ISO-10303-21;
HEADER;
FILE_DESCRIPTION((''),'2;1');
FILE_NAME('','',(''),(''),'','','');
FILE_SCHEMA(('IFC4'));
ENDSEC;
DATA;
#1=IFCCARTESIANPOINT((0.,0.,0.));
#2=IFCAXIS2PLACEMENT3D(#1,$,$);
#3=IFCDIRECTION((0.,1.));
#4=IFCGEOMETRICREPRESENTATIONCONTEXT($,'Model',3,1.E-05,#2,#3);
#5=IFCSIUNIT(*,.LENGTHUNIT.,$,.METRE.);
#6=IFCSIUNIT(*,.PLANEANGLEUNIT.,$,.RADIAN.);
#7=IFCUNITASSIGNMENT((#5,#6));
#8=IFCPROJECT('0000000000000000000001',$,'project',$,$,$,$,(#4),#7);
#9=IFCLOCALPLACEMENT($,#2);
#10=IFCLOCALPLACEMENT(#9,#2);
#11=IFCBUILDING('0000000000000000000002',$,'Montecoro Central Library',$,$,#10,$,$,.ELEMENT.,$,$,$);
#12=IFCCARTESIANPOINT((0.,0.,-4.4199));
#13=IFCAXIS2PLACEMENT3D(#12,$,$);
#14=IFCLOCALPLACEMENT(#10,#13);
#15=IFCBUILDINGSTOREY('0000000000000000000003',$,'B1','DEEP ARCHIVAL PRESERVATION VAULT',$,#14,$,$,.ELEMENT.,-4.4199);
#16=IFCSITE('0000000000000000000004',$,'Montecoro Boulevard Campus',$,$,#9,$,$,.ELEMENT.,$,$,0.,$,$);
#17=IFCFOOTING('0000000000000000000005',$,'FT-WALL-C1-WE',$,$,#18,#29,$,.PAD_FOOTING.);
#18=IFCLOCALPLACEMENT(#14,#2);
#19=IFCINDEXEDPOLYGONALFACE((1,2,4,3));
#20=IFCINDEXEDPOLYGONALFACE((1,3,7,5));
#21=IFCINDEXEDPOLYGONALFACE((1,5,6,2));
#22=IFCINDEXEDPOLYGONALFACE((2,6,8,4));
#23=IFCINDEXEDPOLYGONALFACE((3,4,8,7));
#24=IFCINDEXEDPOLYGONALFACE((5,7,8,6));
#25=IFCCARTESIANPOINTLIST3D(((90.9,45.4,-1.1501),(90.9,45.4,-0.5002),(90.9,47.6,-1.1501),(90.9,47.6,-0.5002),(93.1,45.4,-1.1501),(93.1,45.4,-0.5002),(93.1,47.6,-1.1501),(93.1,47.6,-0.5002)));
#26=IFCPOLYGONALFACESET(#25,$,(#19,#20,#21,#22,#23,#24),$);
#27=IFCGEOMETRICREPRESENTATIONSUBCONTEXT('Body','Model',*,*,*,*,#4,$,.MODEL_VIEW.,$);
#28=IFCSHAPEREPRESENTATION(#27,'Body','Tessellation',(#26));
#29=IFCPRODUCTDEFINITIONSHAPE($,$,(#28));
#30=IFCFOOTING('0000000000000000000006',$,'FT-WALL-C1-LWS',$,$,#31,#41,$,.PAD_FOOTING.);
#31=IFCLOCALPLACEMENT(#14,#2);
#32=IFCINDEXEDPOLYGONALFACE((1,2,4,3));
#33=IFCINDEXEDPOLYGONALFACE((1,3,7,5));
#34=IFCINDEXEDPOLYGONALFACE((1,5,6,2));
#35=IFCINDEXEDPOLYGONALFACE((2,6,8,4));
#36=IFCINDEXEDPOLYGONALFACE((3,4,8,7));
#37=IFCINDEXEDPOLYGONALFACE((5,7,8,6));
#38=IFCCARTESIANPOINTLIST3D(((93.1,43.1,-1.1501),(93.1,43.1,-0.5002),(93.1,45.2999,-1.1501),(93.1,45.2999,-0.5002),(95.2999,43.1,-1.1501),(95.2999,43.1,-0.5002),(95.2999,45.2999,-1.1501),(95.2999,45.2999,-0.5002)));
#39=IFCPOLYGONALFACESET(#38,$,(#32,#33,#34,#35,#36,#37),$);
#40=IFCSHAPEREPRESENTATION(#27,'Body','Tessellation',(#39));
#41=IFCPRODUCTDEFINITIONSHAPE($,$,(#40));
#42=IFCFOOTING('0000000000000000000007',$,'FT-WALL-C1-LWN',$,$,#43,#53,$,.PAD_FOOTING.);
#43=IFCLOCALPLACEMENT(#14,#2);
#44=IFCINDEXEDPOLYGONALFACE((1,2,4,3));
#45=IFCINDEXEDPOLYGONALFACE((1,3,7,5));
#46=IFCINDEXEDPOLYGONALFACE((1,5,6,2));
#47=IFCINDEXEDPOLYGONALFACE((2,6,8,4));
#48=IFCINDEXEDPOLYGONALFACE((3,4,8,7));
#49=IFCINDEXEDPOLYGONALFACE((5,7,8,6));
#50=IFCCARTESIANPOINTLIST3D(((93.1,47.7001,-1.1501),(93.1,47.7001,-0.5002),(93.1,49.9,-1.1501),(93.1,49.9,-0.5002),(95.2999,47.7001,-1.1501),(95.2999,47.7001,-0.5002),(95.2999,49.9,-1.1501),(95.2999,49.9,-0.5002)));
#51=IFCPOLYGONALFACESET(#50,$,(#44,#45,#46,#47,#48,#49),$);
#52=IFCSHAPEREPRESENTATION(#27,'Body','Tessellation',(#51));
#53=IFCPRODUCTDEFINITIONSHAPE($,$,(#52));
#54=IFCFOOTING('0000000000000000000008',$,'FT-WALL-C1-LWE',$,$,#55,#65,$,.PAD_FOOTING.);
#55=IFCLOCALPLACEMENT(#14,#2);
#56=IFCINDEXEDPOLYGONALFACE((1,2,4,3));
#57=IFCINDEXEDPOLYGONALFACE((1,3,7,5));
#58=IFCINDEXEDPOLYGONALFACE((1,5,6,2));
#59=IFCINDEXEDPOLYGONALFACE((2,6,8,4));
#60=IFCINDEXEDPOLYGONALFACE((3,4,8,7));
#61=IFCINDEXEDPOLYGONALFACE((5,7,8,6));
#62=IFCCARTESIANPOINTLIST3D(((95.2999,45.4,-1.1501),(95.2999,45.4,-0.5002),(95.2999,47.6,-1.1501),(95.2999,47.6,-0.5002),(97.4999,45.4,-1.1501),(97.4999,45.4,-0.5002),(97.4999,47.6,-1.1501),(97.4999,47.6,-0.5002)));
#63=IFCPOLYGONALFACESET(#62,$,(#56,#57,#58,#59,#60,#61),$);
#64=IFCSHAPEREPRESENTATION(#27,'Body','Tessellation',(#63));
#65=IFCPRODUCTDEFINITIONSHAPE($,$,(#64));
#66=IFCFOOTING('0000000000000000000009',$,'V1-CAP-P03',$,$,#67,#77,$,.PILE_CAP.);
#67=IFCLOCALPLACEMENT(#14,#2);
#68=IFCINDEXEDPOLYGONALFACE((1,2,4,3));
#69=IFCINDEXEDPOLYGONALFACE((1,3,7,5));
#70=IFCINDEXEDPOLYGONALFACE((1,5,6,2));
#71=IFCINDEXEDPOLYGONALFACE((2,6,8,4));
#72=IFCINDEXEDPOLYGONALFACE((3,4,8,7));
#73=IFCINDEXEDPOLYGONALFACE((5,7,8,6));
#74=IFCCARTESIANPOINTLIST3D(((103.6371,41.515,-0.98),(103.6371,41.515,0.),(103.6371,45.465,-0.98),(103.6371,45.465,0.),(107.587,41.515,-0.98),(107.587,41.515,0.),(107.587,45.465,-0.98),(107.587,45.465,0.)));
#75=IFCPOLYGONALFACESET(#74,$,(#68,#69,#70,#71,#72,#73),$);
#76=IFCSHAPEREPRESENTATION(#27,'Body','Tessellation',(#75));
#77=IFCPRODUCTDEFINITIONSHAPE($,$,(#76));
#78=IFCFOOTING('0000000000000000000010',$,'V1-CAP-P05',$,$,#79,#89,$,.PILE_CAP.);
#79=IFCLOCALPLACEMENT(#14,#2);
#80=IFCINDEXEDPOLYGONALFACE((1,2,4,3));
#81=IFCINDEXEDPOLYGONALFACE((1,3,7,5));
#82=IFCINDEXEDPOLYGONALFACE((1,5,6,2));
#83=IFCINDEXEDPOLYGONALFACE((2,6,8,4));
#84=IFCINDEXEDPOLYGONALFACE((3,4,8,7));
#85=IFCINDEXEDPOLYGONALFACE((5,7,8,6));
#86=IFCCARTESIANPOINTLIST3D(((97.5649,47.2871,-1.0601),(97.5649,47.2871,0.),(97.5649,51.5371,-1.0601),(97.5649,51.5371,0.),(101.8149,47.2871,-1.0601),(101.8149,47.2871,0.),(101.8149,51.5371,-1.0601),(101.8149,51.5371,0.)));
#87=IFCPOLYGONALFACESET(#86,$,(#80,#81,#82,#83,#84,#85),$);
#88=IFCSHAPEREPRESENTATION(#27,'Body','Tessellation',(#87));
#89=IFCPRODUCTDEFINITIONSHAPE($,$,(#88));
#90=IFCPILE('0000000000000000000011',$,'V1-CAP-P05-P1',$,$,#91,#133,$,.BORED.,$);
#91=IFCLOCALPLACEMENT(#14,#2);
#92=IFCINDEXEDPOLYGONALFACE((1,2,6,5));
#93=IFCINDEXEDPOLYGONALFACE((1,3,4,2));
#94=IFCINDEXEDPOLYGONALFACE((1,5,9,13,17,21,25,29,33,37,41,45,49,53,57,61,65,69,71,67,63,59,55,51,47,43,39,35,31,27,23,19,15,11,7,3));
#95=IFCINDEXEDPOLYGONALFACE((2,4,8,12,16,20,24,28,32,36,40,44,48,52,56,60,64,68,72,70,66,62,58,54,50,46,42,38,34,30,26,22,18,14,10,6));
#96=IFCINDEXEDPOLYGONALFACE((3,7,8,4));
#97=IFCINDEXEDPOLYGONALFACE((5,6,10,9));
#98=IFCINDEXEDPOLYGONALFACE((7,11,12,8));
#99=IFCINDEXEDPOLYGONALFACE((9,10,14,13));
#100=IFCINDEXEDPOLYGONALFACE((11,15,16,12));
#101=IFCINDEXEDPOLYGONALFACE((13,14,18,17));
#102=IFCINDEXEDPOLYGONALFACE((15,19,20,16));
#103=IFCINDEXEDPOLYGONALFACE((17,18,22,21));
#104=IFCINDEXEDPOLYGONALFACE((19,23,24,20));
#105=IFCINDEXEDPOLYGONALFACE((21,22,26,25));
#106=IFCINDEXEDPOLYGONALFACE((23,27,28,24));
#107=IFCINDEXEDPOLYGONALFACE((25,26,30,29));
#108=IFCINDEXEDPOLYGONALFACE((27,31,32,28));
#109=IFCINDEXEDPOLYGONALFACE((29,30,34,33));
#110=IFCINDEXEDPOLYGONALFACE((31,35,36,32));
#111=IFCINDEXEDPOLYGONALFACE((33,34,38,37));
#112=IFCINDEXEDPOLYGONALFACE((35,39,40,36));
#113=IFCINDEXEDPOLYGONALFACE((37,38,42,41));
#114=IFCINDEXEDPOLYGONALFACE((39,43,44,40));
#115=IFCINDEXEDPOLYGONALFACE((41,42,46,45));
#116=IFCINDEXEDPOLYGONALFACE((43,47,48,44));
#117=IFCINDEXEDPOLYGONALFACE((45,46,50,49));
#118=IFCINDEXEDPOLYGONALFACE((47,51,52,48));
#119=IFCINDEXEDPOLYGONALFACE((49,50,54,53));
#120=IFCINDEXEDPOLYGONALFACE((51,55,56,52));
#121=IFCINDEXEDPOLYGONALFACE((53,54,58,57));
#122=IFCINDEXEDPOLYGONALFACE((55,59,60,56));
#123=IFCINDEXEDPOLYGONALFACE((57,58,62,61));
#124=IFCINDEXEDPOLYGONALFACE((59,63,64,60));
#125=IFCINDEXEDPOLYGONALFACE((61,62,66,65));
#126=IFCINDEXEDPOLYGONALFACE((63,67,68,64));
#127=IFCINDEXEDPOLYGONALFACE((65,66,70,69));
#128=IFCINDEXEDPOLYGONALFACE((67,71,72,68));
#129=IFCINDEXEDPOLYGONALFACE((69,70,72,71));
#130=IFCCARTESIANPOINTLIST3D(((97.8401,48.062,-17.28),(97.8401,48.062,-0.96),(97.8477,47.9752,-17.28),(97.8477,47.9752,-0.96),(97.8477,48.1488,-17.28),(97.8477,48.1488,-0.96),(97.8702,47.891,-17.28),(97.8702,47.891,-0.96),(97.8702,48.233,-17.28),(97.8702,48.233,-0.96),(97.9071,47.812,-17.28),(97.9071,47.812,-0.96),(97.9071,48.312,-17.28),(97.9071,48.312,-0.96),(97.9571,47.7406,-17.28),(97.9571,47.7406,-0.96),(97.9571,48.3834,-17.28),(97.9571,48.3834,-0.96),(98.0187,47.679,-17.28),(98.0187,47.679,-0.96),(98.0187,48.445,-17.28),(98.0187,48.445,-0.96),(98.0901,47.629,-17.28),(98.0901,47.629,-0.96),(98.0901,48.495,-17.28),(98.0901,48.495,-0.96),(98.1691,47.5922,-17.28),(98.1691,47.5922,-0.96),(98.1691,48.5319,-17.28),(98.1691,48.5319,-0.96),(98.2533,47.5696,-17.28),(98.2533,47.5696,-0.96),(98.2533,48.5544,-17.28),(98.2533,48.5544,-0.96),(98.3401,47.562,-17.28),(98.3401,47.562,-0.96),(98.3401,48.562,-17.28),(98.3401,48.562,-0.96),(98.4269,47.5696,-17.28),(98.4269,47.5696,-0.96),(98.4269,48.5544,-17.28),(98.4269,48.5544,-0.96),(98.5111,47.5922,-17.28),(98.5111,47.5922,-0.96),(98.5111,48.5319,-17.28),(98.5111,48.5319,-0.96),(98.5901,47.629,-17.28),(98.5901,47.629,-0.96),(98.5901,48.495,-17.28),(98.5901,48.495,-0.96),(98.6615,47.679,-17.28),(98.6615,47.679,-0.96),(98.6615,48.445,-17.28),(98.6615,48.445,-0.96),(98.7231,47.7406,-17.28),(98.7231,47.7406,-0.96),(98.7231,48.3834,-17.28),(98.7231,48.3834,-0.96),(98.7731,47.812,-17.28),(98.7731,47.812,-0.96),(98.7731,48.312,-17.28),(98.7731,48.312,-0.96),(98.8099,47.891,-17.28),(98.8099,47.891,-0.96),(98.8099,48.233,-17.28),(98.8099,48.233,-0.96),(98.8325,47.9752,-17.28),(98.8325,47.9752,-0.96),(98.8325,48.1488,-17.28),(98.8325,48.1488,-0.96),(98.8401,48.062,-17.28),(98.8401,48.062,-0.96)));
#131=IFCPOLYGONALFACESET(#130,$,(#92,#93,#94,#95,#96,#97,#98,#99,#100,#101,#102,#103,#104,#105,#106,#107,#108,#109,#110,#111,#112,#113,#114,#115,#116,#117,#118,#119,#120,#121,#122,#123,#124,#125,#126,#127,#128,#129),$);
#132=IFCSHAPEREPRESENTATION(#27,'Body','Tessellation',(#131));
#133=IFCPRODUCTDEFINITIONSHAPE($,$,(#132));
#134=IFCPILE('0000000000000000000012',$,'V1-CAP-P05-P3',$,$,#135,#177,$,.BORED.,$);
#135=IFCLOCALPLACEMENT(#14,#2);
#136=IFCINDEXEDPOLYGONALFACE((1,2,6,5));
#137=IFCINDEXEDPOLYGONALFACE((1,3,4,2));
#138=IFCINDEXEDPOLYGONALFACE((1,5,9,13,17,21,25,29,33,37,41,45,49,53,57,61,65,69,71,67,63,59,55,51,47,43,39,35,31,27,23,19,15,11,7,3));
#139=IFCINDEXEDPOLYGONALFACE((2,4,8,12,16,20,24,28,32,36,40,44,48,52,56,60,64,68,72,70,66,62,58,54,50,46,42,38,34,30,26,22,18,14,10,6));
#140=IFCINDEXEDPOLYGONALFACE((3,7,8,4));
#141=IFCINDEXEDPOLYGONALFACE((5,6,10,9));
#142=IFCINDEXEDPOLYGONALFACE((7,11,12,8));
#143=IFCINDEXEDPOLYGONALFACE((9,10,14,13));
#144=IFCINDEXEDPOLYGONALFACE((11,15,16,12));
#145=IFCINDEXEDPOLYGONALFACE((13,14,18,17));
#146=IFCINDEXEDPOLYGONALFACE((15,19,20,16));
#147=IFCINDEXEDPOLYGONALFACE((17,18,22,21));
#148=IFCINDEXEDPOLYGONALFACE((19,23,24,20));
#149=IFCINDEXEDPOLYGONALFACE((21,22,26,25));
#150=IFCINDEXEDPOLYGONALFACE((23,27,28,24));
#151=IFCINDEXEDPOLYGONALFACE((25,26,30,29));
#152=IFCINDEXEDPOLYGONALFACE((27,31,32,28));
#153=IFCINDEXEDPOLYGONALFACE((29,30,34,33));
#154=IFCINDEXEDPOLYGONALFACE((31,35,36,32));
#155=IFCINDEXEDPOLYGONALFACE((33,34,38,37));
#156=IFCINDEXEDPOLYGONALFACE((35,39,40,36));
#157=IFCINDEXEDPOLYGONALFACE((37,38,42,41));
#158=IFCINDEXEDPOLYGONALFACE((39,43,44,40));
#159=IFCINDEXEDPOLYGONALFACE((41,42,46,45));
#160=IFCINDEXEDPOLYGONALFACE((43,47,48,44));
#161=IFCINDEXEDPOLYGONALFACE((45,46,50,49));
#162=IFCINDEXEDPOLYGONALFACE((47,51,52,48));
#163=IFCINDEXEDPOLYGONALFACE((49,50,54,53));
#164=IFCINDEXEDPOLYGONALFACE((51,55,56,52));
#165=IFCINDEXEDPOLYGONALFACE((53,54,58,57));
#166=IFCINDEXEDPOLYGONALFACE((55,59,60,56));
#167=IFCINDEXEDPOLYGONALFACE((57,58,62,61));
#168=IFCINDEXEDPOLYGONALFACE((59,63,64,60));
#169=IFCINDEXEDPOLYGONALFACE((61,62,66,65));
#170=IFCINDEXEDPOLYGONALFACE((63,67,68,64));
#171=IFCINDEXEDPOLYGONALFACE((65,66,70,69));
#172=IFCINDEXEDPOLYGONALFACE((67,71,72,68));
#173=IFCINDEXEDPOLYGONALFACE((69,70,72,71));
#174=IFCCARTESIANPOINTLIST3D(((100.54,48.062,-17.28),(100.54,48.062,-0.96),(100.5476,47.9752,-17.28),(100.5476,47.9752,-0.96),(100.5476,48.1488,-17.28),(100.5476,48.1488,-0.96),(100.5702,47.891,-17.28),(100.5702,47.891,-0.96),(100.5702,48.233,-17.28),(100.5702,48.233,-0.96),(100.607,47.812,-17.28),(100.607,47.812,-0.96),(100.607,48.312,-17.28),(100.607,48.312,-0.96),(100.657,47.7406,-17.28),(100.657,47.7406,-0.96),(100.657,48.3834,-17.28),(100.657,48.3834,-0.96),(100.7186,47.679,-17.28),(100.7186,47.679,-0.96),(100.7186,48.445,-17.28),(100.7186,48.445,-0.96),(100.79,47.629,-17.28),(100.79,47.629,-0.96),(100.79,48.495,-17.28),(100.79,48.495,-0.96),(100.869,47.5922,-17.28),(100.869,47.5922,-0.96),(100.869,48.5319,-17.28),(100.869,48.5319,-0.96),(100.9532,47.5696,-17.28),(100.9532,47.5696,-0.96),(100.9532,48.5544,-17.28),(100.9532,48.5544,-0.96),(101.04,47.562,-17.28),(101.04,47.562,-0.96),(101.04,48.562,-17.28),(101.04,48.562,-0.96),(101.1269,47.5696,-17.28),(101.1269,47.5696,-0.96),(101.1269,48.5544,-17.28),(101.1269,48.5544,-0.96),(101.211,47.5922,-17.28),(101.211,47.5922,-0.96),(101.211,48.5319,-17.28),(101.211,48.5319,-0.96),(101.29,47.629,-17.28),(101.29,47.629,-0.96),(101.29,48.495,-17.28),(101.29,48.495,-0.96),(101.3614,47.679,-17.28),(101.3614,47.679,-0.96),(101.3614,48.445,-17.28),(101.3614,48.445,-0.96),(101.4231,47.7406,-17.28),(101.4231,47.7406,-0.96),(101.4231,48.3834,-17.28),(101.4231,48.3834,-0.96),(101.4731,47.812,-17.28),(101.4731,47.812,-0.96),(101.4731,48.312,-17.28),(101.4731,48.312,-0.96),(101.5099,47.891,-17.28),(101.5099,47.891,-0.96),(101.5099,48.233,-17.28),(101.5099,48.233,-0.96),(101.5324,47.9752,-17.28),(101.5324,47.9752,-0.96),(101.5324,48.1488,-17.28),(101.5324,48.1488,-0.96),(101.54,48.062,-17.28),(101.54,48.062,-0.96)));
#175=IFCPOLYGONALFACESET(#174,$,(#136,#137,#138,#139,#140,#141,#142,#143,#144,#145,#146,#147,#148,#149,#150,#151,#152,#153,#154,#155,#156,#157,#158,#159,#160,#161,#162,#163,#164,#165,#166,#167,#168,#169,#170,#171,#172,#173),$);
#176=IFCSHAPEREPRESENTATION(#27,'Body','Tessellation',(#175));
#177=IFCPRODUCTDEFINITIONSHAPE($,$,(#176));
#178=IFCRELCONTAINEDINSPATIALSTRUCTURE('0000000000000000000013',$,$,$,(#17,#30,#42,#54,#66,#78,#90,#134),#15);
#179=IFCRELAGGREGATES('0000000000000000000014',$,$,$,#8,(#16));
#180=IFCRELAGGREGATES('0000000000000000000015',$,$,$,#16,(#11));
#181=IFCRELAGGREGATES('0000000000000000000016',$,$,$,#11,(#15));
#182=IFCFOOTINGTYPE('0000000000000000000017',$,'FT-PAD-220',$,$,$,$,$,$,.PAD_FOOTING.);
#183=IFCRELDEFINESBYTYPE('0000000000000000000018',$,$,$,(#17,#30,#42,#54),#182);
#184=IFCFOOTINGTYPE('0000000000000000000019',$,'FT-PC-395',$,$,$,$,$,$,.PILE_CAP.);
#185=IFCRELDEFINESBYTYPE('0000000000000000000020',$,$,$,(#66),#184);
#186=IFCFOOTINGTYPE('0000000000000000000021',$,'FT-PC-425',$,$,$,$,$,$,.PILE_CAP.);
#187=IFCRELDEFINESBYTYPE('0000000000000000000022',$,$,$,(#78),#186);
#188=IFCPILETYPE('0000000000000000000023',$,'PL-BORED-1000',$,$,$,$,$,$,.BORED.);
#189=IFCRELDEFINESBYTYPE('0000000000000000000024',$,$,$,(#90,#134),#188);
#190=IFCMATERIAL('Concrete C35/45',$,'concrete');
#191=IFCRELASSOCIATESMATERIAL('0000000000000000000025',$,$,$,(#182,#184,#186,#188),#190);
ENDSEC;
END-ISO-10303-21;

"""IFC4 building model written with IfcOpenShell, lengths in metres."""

from ifc_helpers import new_model, si_unit, direction, frame, origin, origin_2d, place, context, subcontext, project, spatial, rectangle, circle, extrude, material, material_profile, profile_set, type_object, element, save


model = new_model("IFC4")

# Units and contexts
model_context = context("Model", 3, precision=1e-05, world=origin(), true_north=direction((0.0, 1.0)))
body_context = subcontext(model_context, "Body", "Model", "MODEL_VIEW")
ifc_project = project(units=[si_unit("LENGTHUNIT", "METRE"), si_unit("PLANEANGLEUNIT", "RADIAN")], contexts=[model_context])

# Site, building, storey
site_placement = place(None, origin())
site = spatial("IfcSite", under=ifc_project, at=site_placement, Name="Montecoro Boulevard Campus", CompositionType="ELEMENT", RefElevation=0.0)
building_placement = place(site_placement, origin())
building = spatial("IfcBuilding", under=site, at=building_placement, Name="Montecoro Central Library", CompositionType="ELEMENT")
storey_placement = place(building_placement, frame((0.0, 0.0, -4.4199)))
storey = spatial("IfcBuildingStorey", under=building, at=storey_placement, Name="B1", Description="DEEP ARCHIVAL PRESERVATION VAULT", CompositionType="ELEMENT", Elevation=-4.4199)

# Footings
ifc_material_1 = material(Name="Concrete C35/45", Category="concrete")
footing_type_1 = type_object("IfcFootingType", Name="FT-PAD-220", PredefinedType="PAD_FOOTING", material=ifc_material_1)
for number, where, z_axis, x_axis, name in (
    (1, (92.0, 46.5, -1.1501), (0.0, 0.0, 1.0), (1.0, 0.0, 0.0), "FT-WALL-C1-WE"),
    (2, (94.2, 44.2, -1.1501), (0.0, 0.0, 1.0), (1.0, 0.0, 0.0), "FT-WALL-C1-LWS"),
    (3, (94.2, 48.8, -1.1501), (0.0, 0.0, 1.0), (1.0, 0.0, 0.0), "FT-WALL-C1-LWN"),
    (4, (96.3999, 46.5, -1.1501), (0.0, 0.0, 1.0), (1.0, 0.0, 0.0), "FT-WALL-C1-LWE"),
):
    element("IfcFooting", number, at=place(storey_placement, frame(where, z_axis=z_axis, x_axis=x_axis)), inside=storey, type_object=footing_type_1, Name=name, PredefinedType="PAD_FOOTING", context=body_context, shape_type="SweptSolid", body=[
        extrude(rectangle(XDim=2.2, YDim=2.2, at=origin_2d()), origin(), (0.0, 0.0, 1.0), 0.6499),
    ])
footing_type_2 = type_object("IfcFootingType", Name="FT-PC-395", PredefinedType="PILE_CAP", material=ifc_material_1)
footing_1_placement = place(storey_placement, frame((105.6121, 43.49, -0.98), z_axis=(0.0, 0.0, 1.0), x_axis=(1.0, 0.0, 0.0)))
element("IfcFooting", 5, at=footing_1_placement, inside=storey, type_object=footing_type_2, Name="V1-CAP-P03", PredefinedType="PILE_CAP", context=body_context, shape_type="SweptSolid", body=[
    extrude(rectangle(XDim=3.95, YDim=3.95, at=origin_2d()), origin(), (0.0, 0.0, 1.0), 0.98),
])
footing_type_3 = type_object("IfcFootingType", Name="FT-PC-425", PredefinedType="PILE_CAP", material=ifc_material_1)
footing_2_placement = place(storey_placement, frame((99.6899, 49.4121, -1.0601), z_axis=(0.0, 0.0, 1.0), x_axis=(1.0, 0.0, 0.0)))
element("IfcFooting", 6, at=footing_2_placement, inside=storey, type_object=footing_type_3, Name="V1-CAP-P05", PredefinedType="PILE_CAP", context=body_context, shape_type="SweptSolid", body=[
    extrude(rectangle(XDim=4.25, YDim=4.25, at=origin_2d()), origin(), (0.0, 0.0, 1.0), 1.0601),
])

# Piles
ifc_material_profile_1 = material_profile(ifc_material_1, circle(Radius=0.5, at=origin_2d()), Name="PILE D1000")
ifc_profile_set_1 = profile_set([ifc_material_profile_1], Name="Concrete C35/45")
pile_type_1 = type_object("IfcPileType", Name="PL-BORED-1000", PredefinedType="BORED", material=ifc_profile_set_1)
for number, where, z_axis, x_axis, name in (
    (7, (98.3401, 48.062, -0.96), (0.0, 0.0, -1.0), (1.0, 0.0, 0.0), "V1-CAP-P05-P1"),
    (8, (101.04, 48.062, -0.96), (0.0, 0.0, -1.0), (1.0, 0.0, 0.0), "V1-CAP-P05-P3"),
):
    element("IfcPile", number, at=place(storey_placement, frame(where, z_axis=z_axis, x_axis=x_axis)), inside=storey, type_object=pile_type_1, Name=name, PredefinedType="BORED", context=body_context, shape_type="SweptSolid", body=[
        extrude(circle(Radius=0.5, at=origin_2d()), origin(), (0.0, 0.0, 1.0), 16.3201),
    ])

save(model, "model.ifc")
